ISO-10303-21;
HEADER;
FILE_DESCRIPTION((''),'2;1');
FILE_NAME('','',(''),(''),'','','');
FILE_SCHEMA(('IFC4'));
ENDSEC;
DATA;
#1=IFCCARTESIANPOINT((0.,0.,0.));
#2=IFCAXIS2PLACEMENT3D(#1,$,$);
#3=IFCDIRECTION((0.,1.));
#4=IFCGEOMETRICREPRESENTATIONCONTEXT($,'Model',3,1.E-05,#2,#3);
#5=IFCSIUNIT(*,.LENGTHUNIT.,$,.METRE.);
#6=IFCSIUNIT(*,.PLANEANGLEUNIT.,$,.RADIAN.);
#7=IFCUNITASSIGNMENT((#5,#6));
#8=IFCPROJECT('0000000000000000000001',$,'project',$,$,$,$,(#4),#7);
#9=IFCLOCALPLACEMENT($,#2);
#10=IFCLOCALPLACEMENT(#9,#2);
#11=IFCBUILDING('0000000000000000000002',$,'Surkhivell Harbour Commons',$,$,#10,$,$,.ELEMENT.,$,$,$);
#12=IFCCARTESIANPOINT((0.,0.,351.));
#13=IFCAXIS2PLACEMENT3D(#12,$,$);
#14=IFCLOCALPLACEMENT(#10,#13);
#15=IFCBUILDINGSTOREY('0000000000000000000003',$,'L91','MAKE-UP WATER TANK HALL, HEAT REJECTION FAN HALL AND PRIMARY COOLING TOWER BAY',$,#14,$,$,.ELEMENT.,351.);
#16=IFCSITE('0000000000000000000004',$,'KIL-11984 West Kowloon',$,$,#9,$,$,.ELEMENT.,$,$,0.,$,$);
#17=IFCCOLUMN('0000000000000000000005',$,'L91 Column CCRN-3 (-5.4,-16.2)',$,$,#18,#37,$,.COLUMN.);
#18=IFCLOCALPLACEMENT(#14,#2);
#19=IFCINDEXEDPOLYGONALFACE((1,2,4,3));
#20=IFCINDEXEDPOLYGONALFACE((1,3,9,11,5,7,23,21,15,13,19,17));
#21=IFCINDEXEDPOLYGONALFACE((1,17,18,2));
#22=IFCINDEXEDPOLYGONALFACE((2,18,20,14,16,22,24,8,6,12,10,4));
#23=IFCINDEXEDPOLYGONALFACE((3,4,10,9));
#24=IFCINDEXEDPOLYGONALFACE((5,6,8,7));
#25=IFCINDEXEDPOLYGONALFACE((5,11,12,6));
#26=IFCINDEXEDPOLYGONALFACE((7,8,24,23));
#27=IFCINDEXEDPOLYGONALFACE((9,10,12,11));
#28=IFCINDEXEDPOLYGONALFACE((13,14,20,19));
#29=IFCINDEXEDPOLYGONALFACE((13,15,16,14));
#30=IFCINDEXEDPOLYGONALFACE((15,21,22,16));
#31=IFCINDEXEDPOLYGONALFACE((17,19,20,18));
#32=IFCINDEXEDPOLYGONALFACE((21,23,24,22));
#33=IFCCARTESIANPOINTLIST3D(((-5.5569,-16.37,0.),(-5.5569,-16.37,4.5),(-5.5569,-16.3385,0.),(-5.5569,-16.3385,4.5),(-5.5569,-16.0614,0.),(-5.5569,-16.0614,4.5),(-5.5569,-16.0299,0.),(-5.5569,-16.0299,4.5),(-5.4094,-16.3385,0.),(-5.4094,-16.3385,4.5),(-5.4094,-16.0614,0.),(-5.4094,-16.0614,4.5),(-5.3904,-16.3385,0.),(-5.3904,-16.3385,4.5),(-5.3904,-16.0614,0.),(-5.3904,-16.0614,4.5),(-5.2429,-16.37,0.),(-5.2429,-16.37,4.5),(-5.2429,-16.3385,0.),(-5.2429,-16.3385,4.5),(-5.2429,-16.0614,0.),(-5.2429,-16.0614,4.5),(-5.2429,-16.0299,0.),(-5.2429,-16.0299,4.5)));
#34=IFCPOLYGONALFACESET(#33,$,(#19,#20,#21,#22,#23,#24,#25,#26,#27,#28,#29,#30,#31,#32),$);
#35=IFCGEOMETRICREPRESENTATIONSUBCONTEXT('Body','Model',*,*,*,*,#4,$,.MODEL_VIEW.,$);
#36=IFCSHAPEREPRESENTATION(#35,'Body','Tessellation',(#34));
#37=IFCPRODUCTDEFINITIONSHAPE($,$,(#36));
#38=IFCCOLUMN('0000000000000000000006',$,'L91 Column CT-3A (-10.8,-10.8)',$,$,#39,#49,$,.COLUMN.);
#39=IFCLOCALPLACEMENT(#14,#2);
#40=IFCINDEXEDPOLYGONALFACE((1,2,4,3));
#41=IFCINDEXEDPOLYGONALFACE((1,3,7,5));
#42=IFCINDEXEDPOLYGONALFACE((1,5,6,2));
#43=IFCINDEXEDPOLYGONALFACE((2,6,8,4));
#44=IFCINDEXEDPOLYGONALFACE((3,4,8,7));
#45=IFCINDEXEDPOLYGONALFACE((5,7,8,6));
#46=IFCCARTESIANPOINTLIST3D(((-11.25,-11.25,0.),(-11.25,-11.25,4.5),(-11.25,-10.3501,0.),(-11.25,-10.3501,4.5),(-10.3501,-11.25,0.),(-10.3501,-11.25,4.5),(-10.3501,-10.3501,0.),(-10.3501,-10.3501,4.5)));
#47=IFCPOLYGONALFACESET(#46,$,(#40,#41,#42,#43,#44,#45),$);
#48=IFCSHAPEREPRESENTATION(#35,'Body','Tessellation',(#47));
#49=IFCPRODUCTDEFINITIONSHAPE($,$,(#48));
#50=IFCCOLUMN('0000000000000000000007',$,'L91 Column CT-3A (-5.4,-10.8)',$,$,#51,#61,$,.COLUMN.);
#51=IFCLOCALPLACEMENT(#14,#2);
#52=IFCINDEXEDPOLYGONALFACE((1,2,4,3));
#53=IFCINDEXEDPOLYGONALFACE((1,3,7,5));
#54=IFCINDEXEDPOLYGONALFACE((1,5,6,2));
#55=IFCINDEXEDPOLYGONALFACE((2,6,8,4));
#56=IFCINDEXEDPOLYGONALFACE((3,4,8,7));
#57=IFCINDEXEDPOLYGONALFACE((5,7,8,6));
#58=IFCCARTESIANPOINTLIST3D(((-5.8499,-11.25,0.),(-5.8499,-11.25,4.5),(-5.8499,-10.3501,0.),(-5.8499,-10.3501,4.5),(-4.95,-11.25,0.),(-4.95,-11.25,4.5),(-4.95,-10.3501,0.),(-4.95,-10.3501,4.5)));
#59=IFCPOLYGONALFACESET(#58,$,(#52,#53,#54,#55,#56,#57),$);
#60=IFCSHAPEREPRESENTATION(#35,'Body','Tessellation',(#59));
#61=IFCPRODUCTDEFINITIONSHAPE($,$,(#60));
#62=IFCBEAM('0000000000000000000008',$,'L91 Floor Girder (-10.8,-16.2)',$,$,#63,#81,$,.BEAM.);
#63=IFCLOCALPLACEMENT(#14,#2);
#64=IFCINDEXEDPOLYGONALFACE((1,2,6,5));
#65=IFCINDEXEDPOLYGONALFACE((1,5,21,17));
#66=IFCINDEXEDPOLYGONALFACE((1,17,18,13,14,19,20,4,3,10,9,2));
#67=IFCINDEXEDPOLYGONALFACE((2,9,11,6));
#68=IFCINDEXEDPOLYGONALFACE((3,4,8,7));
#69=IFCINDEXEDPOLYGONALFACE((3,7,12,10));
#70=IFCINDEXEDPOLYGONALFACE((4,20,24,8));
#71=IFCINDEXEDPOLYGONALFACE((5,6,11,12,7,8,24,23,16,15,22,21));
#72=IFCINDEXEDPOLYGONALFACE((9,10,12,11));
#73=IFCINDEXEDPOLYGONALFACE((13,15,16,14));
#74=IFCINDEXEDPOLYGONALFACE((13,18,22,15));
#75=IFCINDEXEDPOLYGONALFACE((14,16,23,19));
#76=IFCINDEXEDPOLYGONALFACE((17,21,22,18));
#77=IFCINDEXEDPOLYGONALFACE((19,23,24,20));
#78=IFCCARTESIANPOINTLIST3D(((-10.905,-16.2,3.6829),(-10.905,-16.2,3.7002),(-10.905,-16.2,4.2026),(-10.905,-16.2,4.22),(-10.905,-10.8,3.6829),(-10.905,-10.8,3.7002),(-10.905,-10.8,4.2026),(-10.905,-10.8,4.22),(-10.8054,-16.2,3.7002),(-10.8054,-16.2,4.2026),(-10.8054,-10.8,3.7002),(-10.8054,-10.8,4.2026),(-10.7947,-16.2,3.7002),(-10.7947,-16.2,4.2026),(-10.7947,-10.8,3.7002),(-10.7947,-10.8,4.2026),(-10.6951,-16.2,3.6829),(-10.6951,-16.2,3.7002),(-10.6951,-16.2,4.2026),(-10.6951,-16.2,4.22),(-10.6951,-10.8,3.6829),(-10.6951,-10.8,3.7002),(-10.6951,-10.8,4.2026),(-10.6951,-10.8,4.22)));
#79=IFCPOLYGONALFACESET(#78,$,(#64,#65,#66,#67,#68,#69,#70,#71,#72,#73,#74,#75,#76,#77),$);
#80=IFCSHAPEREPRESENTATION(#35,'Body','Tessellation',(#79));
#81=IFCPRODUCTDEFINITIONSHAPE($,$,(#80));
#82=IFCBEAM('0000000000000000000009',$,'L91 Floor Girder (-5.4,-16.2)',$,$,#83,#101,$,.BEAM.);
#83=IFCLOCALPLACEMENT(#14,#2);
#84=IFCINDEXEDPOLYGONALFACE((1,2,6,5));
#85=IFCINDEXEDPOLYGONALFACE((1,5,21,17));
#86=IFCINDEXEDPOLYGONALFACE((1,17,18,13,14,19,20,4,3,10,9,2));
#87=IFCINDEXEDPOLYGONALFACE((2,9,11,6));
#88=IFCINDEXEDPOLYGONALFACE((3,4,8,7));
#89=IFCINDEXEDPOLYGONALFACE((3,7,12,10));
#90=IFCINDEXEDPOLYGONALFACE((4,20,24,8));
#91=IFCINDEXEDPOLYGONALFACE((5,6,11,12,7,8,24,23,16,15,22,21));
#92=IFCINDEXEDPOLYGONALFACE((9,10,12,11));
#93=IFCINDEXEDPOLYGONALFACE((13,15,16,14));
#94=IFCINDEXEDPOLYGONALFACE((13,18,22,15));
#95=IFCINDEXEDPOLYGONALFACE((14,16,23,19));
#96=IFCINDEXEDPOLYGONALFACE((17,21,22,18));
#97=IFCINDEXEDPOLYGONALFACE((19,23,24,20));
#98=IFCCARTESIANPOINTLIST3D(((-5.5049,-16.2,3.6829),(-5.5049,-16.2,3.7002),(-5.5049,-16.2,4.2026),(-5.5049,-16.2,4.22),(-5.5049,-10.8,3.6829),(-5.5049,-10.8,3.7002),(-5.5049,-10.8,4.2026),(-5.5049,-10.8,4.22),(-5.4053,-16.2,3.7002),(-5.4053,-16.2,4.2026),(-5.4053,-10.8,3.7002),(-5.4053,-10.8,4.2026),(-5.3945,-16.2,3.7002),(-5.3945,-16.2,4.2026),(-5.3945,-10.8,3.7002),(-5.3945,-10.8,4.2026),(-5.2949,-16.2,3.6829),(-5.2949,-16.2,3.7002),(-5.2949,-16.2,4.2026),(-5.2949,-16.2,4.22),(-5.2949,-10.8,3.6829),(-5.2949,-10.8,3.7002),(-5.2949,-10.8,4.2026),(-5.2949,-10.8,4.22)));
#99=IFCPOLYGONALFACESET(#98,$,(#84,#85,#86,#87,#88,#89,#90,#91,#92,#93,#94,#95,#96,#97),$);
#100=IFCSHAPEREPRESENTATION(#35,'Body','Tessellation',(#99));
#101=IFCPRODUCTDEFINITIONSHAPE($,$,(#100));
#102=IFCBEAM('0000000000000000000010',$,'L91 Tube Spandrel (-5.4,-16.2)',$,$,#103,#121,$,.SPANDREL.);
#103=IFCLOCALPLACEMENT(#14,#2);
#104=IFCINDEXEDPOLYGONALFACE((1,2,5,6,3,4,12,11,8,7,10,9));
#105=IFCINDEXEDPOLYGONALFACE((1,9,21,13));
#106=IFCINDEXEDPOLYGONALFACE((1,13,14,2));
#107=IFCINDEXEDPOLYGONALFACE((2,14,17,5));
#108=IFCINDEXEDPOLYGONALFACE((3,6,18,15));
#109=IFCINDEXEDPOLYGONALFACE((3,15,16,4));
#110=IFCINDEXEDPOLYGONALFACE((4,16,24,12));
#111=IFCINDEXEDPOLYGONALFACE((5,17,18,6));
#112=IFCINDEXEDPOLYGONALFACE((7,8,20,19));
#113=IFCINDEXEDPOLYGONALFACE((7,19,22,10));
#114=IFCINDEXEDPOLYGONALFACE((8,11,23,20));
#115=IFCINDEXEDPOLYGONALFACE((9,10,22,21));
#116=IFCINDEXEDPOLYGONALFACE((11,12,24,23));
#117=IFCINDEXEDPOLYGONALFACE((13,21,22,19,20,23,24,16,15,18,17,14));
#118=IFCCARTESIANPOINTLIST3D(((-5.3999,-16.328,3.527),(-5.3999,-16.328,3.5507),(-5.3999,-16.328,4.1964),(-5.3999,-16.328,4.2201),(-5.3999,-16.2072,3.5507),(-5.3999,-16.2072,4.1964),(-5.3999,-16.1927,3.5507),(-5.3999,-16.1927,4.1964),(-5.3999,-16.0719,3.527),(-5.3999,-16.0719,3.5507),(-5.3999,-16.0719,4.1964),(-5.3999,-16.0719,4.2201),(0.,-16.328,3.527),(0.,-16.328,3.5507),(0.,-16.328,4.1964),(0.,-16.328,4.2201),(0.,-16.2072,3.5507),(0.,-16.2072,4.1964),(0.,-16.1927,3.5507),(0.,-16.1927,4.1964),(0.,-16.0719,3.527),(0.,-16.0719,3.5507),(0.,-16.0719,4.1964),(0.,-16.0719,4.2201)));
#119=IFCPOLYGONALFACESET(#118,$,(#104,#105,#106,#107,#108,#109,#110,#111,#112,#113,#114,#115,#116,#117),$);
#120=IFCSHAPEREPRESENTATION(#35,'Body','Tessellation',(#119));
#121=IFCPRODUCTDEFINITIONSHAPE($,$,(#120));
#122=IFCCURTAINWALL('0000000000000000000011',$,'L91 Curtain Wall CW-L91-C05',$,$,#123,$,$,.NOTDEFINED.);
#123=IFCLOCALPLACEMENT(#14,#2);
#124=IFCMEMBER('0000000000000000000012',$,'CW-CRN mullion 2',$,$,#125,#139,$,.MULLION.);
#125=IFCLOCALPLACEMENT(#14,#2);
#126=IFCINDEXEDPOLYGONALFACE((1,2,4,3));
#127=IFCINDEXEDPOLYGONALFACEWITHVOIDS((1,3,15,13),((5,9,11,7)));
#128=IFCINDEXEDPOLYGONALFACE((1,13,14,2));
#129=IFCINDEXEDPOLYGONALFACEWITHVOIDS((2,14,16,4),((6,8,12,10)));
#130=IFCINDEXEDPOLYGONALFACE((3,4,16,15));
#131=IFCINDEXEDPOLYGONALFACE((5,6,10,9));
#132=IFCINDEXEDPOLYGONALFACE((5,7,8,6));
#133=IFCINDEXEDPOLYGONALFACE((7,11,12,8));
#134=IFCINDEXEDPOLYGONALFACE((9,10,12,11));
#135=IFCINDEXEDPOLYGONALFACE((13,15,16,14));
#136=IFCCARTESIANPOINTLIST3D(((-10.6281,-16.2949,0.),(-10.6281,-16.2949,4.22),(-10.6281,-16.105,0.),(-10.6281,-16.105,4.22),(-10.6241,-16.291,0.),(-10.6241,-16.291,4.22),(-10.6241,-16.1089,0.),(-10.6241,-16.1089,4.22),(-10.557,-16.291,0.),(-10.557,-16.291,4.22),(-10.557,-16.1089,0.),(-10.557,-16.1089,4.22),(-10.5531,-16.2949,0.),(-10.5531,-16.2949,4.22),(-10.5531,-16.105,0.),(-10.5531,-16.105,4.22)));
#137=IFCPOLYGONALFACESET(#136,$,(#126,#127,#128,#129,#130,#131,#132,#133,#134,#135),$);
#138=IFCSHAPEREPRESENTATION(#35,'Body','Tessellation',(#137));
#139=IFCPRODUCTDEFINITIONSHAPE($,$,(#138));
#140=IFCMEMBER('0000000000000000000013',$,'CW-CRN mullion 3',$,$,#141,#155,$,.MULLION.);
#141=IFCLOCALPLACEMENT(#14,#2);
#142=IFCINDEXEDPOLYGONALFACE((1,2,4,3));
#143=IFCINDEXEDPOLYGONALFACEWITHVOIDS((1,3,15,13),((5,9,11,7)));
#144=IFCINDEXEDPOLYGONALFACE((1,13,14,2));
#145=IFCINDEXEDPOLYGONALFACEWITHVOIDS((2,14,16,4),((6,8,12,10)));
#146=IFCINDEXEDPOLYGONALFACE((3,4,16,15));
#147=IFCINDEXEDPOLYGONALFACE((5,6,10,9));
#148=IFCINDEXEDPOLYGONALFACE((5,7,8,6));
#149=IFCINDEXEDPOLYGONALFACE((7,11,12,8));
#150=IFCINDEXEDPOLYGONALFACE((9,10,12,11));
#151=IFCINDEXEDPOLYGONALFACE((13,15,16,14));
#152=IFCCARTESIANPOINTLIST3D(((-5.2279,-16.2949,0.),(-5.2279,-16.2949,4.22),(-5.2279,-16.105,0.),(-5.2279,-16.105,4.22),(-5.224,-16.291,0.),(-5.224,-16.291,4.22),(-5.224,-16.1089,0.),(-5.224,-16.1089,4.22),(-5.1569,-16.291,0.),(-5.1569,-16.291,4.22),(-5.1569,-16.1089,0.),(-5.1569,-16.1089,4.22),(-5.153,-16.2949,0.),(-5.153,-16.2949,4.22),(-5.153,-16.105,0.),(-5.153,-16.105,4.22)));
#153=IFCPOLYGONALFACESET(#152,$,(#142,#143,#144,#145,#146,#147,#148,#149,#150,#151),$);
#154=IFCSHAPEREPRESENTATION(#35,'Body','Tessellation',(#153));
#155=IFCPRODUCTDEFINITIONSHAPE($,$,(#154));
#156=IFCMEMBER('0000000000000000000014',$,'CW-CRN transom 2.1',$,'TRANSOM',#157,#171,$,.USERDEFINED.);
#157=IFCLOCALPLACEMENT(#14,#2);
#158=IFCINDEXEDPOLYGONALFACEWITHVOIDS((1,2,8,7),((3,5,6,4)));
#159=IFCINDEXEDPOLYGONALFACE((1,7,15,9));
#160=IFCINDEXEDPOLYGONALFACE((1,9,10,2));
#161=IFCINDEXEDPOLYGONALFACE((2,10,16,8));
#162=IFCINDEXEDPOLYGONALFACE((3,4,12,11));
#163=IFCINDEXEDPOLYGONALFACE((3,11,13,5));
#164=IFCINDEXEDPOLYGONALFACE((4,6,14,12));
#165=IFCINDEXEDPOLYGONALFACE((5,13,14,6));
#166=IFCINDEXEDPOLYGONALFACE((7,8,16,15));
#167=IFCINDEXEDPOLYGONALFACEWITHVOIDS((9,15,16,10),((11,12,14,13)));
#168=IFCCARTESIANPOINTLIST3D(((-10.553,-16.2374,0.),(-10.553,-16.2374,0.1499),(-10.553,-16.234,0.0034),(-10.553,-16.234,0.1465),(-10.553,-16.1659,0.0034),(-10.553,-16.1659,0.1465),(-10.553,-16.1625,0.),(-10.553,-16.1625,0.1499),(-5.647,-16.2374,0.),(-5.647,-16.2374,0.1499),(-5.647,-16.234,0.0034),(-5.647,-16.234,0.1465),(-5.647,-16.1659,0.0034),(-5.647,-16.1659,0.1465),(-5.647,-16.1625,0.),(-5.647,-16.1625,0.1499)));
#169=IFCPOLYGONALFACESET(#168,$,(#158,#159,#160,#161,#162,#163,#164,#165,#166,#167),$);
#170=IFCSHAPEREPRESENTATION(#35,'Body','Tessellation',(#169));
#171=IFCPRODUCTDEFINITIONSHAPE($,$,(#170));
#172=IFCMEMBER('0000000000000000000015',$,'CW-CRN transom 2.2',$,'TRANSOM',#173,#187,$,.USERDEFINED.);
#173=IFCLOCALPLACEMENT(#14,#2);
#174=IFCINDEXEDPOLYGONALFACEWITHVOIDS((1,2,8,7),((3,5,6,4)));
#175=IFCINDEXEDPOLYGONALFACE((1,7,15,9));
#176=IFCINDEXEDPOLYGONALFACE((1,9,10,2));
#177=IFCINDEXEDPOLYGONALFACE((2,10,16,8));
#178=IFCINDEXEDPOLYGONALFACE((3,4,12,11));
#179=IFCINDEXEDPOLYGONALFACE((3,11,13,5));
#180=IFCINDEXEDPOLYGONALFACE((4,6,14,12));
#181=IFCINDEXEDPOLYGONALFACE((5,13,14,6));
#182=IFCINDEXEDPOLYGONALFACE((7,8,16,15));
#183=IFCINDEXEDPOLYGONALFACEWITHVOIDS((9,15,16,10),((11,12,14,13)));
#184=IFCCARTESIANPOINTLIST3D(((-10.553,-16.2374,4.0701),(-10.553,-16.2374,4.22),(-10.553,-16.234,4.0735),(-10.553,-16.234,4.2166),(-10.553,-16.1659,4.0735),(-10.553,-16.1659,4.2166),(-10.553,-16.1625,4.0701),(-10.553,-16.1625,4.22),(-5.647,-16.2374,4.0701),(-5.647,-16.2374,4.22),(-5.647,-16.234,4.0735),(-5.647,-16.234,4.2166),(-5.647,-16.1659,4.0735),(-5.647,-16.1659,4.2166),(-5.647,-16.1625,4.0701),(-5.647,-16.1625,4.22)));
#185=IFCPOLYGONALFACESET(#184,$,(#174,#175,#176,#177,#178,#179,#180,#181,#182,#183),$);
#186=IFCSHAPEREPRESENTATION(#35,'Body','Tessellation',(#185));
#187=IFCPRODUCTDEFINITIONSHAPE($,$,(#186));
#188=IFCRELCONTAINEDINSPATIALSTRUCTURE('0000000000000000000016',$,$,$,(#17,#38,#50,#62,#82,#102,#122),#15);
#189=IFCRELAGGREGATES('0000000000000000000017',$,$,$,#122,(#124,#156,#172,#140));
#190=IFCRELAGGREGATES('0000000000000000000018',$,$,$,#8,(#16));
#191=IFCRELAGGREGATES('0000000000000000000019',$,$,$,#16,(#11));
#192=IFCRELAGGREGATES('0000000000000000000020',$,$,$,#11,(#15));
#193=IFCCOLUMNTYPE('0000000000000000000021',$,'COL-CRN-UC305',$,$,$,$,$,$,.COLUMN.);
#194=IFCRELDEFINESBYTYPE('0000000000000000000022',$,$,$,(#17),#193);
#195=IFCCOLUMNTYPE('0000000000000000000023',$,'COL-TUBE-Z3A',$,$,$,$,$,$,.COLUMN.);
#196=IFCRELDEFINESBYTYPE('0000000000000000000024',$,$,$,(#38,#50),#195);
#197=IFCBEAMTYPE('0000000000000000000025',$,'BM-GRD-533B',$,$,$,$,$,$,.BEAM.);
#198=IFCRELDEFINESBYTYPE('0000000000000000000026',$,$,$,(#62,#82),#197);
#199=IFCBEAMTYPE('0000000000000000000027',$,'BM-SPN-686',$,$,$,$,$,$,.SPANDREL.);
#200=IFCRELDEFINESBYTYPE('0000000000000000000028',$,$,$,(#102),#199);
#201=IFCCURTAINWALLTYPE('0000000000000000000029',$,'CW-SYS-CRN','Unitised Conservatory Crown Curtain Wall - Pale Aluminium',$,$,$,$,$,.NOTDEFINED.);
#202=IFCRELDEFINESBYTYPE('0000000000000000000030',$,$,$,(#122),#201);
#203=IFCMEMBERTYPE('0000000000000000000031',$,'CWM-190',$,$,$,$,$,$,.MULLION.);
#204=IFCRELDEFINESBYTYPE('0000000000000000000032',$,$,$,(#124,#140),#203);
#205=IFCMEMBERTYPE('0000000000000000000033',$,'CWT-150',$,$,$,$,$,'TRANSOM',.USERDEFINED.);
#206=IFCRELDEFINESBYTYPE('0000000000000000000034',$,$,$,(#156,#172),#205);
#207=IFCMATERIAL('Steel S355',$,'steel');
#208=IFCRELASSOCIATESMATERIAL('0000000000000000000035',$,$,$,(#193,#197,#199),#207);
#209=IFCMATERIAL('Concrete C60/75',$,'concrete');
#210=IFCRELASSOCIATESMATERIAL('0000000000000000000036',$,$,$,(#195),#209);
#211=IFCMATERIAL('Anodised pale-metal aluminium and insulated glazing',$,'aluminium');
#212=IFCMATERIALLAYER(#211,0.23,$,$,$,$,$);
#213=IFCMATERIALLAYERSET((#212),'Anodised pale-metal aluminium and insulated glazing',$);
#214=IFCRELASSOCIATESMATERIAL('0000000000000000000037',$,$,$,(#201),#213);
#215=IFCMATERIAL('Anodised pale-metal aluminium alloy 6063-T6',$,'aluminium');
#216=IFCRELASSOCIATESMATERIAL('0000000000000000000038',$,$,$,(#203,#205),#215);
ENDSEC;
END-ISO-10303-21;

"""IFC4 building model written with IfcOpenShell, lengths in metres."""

from ifc_helpers import new_model, si_unit, direction, frame, origin, origin_2d, place, context, subcontext, project, spatial, rectangle, hollow_rectangle, i_section, extrude, material, layer, layer_set, material_profile, profile_set, type_object, element, aggregate, save


model = new_model("IFC4")

# Units and contexts
model_context = context("Model", 3, precision=1e-05, world=origin(), true_north=direction((0.0, 1.0)))
body_context = subcontext(model_context, "Body", "Model", "MODEL_VIEW")
ifc_project = project(units=[si_unit("LENGTHUNIT", "METRE"), si_unit("PLANEANGLEUNIT", "RADIAN")], contexts=[model_context])

# Site, building, storey
site_placement = place(None, origin())
site = spatial("IfcSite", under=ifc_project, at=site_placement, Name="KIL-11984 West Kowloon", CompositionType="ELEMENT", RefElevation=0.0)
building_placement = place(site_placement, origin())
building = spatial("IfcBuilding", under=site, at=building_placement, Name="Surkhivell Harbour Commons", CompositionType="ELEMENT")
storey_placement = place(building_placement, frame((0.0, 0.0, 351.0)))
storey = spatial("IfcBuildingStorey", under=building, at=storey_placement, Name="L91", Description="MAKE-UP WATER TANK HALL, HEAT REJECTION FAN HALL AND PRIMARY COOLING TOWER BAY", CompositionType="ELEMENT", Elevation=351.0)

# Columns
ifc_material_1 = material(Name="Steel S355", Category="steel")
ifc_material_profile_1 = material_profile(ifc_material_1, i_section(OverallWidth=0.314, OverallDepth=0.3401, WebThickness=0.019, FlangeThickness=0.0315, at=origin_2d()), Name="UC305x305x198")
ifc_profile_set_1 = profile_set([ifc_material_profile_1], Name="Steel S355")
column_type_1 = type_object("IfcColumnType", Name="COL-CRN-UC305", PredefinedType="COLUMN", material=ifc_profile_set_1)
column_placement = place(storey_placement, frame((-5.3999, -16.2, 0.0), z_axis=(0.0, 0.0, 1.0), x_axis=(1.0, 0.0, 0.0)))
element("IfcColumn", 1, at=column_placement, inside=storey, type_object=column_type_1, Name="L91 Column CCRN-3 (-5.4,-16.2)", PredefinedType="COLUMN", context=body_context, shape_type="SweptSolid", body=[
    extrude(i_section(OverallWidth=0.314, OverallDepth=0.3401, WebThickness=0.019, FlangeThickness=0.0315, at=origin_2d()), origin(), (0.0, 0.0, 1.0), 4.5),
])
ifc_material_2 = material(Name="Concrete C60/75", Category="concrete")
ifc_material_profile_2 = material_profile(ifc_material_2, rectangle(XDim=0.8999, YDim=0.8999, at=origin_2d()), Name="RC-COL-900x900")
ifc_profile_set_2 = profile_set([ifc_material_profile_2], Name="Concrete C60/75")
column_type_2 = type_object("IfcColumnType", Name="COL-TUBE-Z3A", PredefinedType="COLUMN", material=ifc_profile_set_2)
for number, where, z_axis, x_axis, name in (
    (2, (-10.8, -10.8, 0.0), (0.0, 0.0, 1.0), (1.0, 0.0, 0.0), "L91 Column CT-3A (-10.8,-10.8)"),
    (3, (-5.3999, -10.8, 0.0), (0.0, 0.0, 1.0), (1.0, 0.0, 0.0), "L91 Column CT-3A (-5.4,-10.8)"),
):
    element("IfcColumn", number, at=place(storey_placement, frame(where, z_axis=z_axis, x_axis=x_axis)), inside=storey, type_object=column_type_2, Name=name, PredefinedType="COLUMN", context=body_context, shape_type="SweptSolid", body=[
        extrude(rectangle(XDim=0.8999, YDim=0.8999, at=origin_2d()), origin(), (0.0, 0.0, 1.0), 4.5),
    ])

# Beams
ifc_material_profile_3 = material_profile(ifc_material_1, i_section(OverallWidth=0.21, OverallDepth=0.5371, WebThickness=0.0107, FlangeThickness=0.0173, at=origin_2d()), Name="UB533x210x101")
ifc_profile_set_3 = profile_set([ifc_material_profile_3], Name="Steel S355")
beam_type_1 = type_object("IfcBeamType", Name="BM-GRD-533B", PredefinedType="BEAM", material=ifc_profile_set_3)
for number, where, z_axis, x_axis, name in (
    (4, (-10.8, -16.2, 3.9514), (0.0, 1.0, 0.0), (-1.0, 0.0, 0.0), "L91 Floor Girder (-10.8,-16.2)"),
    (5, (-5.3999, -16.2, 3.9514), (0.0, 1.0, 0.0), (-1.0, 0.0, 0.0), "L91 Floor Girder (-5.4,-16.2)"),
):
    element("IfcBeam", number, at=place(storey_placement, frame(where, z_axis=z_axis, x_axis=x_axis)), inside=storey, type_object=beam_type_1, Name=name, PredefinedType="BEAM", context=body_context, shape_type="SweptSolid", body=[
        extrude(i_section(OverallWidth=0.21, OverallDepth=0.5371, WebThickness=0.0107, FlangeThickness=0.0173, at=origin_2d()), origin(), (0.0, 0.0, 1.0), 5.3999),
    ])
ifc_material_profile_4 = material_profile(ifc_material_1, i_section(OverallWidth=0.2561, OverallDepth=0.6931, WebThickness=0.0144, FlangeThickness=0.0237, at=origin_2d()), Name="UB686x254x170")
ifc_profile_set_4 = profile_set([ifc_material_profile_4], Name="Steel S355")
beam_type_2 = type_object("IfcBeamType", Name="BM-SPN-686", PredefinedType="SPANDREL", material=ifc_profile_set_4)
beam_placement = place(storey_placement, frame((-5.3999, -16.2, 3.8735), z_axis=(1.0, 0.0, 0.0), x_axis=(0.0, 1.0, 0.0)))
element("IfcBeam", 6, at=beam_placement, inside=storey, type_object=beam_type_2, Name="L91 Tube Spandrel (-5.4,-16.2)", PredefinedType="SPANDREL", context=body_context, shape_type="SweptSolid", body=[
    extrude(i_section(OverallWidth=0.2561, OverallDepth=0.6931, WebThickness=0.0144, FlangeThickness=0.0237, at=origin_2d()), origin(), (0.0, 0.0, 1.0), 5.3999),
])

# Curtain wall, members
ifc_material_3 = material(Name="Anodised pale-metal aluminium and insulated glazing", Category="aluminium")
ifc_layer_1 = layer(ifc_material_3, 0.23)
ifc_layer_set_1 = layer_set([ifc_layer_1], Name="Anodised pale-metal aluminium and insulated glazing")
curtain_wall_type = type_object("IfcCurtainWallType", Name="CW-SYS-CRN", Description="Unitised Conservatory Crown Curtain Wall - Pale Aluminium", PredefinedType="NOTDEFINED", material=ifc_layer_set_1)
curtain_wall_placement = place(storey_placement, origin())
curtain_wall = element("IfcCurtainWall", 7, at=curtain_wall_placement, inside=storey, type_object=curtain_wall_type, Name="L91 Curtain Wall CW-L91-C05", PredefinedType="NOTDEFINED")
ifc_material_4 = material(Name="Anodised pale-metal aluminium alloy 6063-T6", Category="aluminium")
ifc_material_profile_5 = material_profile(ifc_material_4, hollow_rectangle(XDim=0.075, YDim=0.1899, WallThickness=0.0039, at=origin_2d()), Name="ALU-MULL-75x190")
ifc_profile_set_5 = profile_set([ifc_material_profile_5], Name="Anodised pale-metal aluminium alloy 6063-T6")
member_type_1 = type_object("IfcMemberType", Name="CWM-190", PredefinedType="MULLION", material=ifc_profile_set_5)
member_1_placement = place(storey_placement, frame((-10.5906, -16.2, 0.0), z_axis=(0.0, 0.0, 1.0), x_axis=(1.0, 0.0, 0.0)))
member_1 = element("IfcMember", 8, at=member_1_placement, type_object=member_type_1, Name="CW-CRN mullion 2", PredefinedType="MULLION", context=body_context, shape_type="SweptSolid", body=[
    extrude(hollow_rectangle(XDim=0.075, YDim=0.1899, WallThickness=0.0039, at=origin_2d()), origin(), (0.0, 0.0, 1.0), 4.22),
])
member_2_placement = place(storey_placement, frame((-5.1904, -16.2, 0.0), z_axis=(0.0, 0.0, 1.0), x_axis=(1.0, 0.0, 0.0)))
member_2 = element("IfcMember", 9, at=member_2_placement, type_object=member_type_1, Name="CW-CRN mullion 3", PredefinedType="MULLION", context=body_context, shape_type="SweptSolid", body=[
    extrude(hollow_rectangle(XDim=0.075, YDim=0.1899, WallThickness=0.0039, at=origin_2d()), origin(), (0.0, 0.0, 1.0), 4.22),
])
ifc_material_profile_6 = material_profile(ifc_material_4, hollow_rectangle(XDim=0.075, YDim=0.1499, WallThickness=0.0034, at=origin_2d()), Name="ALU-TRAN-75x150")
ifc_profile_set_6 = profile_set([ifc_material_profile_6], Name="Anodised pale-metal aluminium alloy 6063-T6")
member_type_2 = type_object("IfcMemberType", Name="CWT-150", ElementType="TRANSOM", PredefinedType="USERDEFINED", material=ifc_profile_set_6)
member_3_placement = place(storey_placement, frame((-10.553, -16.2, 0.075), z_axis=(1.0, 0.0, 0.0), x_axis=(0.0, 1.0, 0.0)))
member_3 = element("IfcMember", 10, at=member_3_placement, type_object=member_type_2, Name="CW-CRN transom 2.1", ObjectType="TRANSOM", PredefinedType="USERDEFINED", context=body_context, shape_type="SweptSolid", body=[
    extrude(hollow_rectangle(XDim=0.075, YDim=0.1499, WallThickness=0.0034, at=origin_2d()), origin(), (0.0, 0.0, 1.0), 4.906),
])
member_4_placement = place(storey_placement, frame((-10.553, -16.2, 4.145), z_axis=(1.0, 0.0, 0.0), x_axis=(0.0, 1.0, 0.0)))
member_4 = element("IfcMember", 11, at=member_4_placement, type_object=member_type_2, Name="CW-CRN transom 2.2", ObjectType="TRANSOM", PredefinedType="USERDEFINED", context=body_context, shape_type="SweptSolid", body=[
    extrude(hollow_rectangle(XDim=0.075, YDim=0.1499, WallThickness=0.0034, at=origin_2d()), origin(), (0.0, 0.0, 1.0), 4.906),
])
aggregate(curtain_wall, [member_1, member_3, member_4, member_2])

save(model, "model.ifc")
